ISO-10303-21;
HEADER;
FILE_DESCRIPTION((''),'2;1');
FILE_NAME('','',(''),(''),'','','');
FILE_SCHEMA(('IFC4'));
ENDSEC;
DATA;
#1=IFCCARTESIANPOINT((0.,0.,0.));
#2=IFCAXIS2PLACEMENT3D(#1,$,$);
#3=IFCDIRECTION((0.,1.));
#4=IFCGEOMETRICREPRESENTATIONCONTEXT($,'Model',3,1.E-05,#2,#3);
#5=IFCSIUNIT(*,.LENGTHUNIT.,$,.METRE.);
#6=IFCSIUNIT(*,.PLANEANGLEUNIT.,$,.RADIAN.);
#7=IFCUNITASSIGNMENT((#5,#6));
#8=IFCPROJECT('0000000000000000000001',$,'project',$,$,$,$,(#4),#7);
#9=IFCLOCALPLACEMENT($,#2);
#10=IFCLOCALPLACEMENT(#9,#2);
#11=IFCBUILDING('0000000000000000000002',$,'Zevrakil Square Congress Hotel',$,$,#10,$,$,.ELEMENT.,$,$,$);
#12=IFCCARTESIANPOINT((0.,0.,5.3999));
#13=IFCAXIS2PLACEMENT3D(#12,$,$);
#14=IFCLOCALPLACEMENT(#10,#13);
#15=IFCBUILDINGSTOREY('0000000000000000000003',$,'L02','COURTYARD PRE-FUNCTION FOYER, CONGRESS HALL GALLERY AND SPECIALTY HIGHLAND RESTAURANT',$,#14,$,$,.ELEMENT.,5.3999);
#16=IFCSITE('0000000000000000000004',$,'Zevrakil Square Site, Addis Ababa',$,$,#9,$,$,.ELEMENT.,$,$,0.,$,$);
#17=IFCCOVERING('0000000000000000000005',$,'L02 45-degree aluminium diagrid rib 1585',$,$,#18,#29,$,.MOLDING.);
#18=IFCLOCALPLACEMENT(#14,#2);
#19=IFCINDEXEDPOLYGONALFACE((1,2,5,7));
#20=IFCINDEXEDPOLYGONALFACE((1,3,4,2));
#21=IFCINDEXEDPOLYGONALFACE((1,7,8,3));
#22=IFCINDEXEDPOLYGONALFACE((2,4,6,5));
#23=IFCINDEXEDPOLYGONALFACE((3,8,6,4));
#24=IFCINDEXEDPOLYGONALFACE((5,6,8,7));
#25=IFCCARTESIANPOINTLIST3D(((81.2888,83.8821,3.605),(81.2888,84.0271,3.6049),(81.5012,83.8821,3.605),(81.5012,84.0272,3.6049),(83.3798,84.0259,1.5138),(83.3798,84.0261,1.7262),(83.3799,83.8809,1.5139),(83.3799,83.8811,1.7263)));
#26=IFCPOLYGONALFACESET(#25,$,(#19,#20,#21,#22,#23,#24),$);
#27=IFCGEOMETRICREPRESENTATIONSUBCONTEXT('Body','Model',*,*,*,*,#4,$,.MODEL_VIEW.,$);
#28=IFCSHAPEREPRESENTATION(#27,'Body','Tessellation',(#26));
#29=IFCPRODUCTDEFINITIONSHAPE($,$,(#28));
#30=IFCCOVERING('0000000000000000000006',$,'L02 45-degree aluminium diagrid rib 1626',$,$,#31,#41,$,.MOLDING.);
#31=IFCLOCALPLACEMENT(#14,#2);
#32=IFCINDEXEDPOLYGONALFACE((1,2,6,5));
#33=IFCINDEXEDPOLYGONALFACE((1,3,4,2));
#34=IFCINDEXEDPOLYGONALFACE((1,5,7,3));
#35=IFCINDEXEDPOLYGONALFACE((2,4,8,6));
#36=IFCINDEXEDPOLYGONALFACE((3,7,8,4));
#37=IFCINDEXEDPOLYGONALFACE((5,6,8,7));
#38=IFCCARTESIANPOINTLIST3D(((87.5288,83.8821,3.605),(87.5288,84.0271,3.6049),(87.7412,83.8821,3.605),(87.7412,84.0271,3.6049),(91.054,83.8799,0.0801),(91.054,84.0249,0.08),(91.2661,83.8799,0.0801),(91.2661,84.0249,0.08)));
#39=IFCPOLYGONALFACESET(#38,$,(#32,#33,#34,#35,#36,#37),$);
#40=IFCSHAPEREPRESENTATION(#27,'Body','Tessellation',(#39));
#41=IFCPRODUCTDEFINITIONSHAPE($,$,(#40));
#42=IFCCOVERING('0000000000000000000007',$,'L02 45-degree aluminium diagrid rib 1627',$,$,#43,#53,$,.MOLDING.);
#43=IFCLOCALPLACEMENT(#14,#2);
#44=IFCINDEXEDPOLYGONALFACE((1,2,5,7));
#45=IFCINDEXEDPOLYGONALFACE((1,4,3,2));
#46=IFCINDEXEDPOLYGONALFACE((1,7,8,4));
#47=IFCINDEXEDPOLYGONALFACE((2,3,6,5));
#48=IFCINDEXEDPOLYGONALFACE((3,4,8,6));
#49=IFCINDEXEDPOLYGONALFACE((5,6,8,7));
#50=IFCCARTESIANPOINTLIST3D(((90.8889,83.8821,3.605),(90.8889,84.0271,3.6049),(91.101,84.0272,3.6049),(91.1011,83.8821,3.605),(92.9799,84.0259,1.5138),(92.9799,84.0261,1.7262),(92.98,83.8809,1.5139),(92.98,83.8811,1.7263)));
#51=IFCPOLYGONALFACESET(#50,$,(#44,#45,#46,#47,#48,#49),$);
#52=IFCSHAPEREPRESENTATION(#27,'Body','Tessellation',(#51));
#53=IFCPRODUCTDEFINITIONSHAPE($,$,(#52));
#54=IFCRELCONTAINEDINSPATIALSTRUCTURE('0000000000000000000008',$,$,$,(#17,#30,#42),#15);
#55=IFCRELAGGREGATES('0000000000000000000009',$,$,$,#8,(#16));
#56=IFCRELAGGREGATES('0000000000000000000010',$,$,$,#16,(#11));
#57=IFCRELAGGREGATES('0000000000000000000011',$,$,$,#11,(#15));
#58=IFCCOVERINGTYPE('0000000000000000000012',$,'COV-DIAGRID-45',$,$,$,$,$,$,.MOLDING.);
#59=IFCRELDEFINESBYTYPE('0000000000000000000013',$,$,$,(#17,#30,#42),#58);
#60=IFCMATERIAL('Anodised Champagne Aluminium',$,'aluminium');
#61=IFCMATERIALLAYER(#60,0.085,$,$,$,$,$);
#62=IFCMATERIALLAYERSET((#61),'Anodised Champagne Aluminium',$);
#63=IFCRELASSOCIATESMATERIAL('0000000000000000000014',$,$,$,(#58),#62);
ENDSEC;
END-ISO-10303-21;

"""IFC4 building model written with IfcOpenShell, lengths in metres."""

from ifc_helpers import new_model, si_unit, direction, frame, origin, place, context, subcontext, project, spatial, polyline, outline, extrude, material, layer, layer_set, type_object, element, save


model = new_model("IFC4")

# Units and contexts
model_context = context("Model", 3, precision=1e-05, world=origin(), true_north=direction((0.0, 1.0)))
body_context = subcontext(model_context, "Body", "Model", "MODEL_VIEW")
ifc_project = project(units=[si_unit("LENGTHUNIT", "METRE"), si_unit("PLANEANGLEUNIT", "RADIAN")], contexts=[model_context])

# Site, building, storey
site_placement = place(None, origin())
site = spatial("IfcSite", under=ifc_project, at=site_placement, Name="Zevrakil Square Site, Addis Ababa", CompositionType="ELEMENT", RefElevation=0.0)
building_placement = place(site_placement, origin())
building = spatial("IfcBuilding", under=site, at=building_placement, Name="Zevrakil Square Congress Hotel", CompositionType="ELEMENT")
storey_placement = place(building_placement, frame((0.0, 0.0, 5.3999)))
storey = spatial("IfcBuildingStorey", under=building, at=storey_placement, Name="L02", Description="COURTYARD PRE-FUNCTION FOYER, CONGRESS HALL GALLERY AND SPECIALTY HIGHLAND RESTAURANT", CompositionType="ELEMENT", Elevation=5.3999)

# Coverings
ifc_material_1 = material(Name="Anodised Champagne Aluminium", Category="aluminium")
ifc_layer_1 = layer(ifc_material_1, 0.085)
ifc_layer_set_1 = layer_set([ifc_layer_1], Name="Anodised Champagne Aluminium")
covering_type_1 = type_object("IfcCoveringType", Name="COV-DIAGRID-45", PredefinedType="MOLDING", material=ifc_layer_set_1)
covering_1_placement = place(storey_placement, frame((81.2888, 83.8821, 3.605), z_axis=(0.000298, -1.0, 0.000851), x_axis=(1.0, 0.000298, 0.0)))
element("IfcCovering", 1, at=covering_1_placement, inside=storey, type_object=covering_type_1, Name="L02 45-degree aluminium diagrid rib 1585", PredefinedType="MOLDING", context=body_context, shape_type="SweptSolid", body=[
    extrude(outline(polyline([(0.0, 0.0), (0.2124, 0.0), (2.0911, -1.8787), (2.0911, -2.0911), (0.0, 0.0)])), origin(), (0.0, 0.0, -1.0), 0.145),
])
covering_2_placement = place(storey_placement, frame((87.5288, 83.8821, 3.605), z_axis=(0.0, -1.0, 0.000623), x_axis=(1.0, 0.0, 0.0)))
element("IfcCovering", 2, at=covering_2_placement, inside=storey, type_object=covering_type_1, Name="L02 45-degree aluminium diagrid rib 1626", PredefinedType="MOLDING", context=body_context, shape_type="SweptSolid", body=[
    extrude(outline(polyline([(0.0, 0.0), (0.2124, 0.0), (3.7373, -3.5249), (3.5251, -3.5249), (0.0, 0.0)])), origin(), (0.0, 0.0, -1.0), 0.145),
])
covering_3_placement = place(storey_placement, frame((90.8889, 83.8821, 3.605), z_axis=(0.000298, -1.0, 0.000852), x_axis=(1.0, 0.000298, 0.0)))
element("IfcCovering", 3, at=covering_3_placement, inside=storey, type_object=covering_type_1, Name="L02 45-degree aluminium diagrid rib 1627", PredefinedType="MOLDING", context=body_context, shape_type="SweptSolid", body=[
    extrude(outline(polyline([(0.0, 0.0), (0.2122, 0.0), (2.0911, -1.8787), (2.0911, -2.0911), (0.0, 0.0)])), origin(), (0.0, 0.0, -1.0), 0.145),
])

save(model, "model.ifc")
